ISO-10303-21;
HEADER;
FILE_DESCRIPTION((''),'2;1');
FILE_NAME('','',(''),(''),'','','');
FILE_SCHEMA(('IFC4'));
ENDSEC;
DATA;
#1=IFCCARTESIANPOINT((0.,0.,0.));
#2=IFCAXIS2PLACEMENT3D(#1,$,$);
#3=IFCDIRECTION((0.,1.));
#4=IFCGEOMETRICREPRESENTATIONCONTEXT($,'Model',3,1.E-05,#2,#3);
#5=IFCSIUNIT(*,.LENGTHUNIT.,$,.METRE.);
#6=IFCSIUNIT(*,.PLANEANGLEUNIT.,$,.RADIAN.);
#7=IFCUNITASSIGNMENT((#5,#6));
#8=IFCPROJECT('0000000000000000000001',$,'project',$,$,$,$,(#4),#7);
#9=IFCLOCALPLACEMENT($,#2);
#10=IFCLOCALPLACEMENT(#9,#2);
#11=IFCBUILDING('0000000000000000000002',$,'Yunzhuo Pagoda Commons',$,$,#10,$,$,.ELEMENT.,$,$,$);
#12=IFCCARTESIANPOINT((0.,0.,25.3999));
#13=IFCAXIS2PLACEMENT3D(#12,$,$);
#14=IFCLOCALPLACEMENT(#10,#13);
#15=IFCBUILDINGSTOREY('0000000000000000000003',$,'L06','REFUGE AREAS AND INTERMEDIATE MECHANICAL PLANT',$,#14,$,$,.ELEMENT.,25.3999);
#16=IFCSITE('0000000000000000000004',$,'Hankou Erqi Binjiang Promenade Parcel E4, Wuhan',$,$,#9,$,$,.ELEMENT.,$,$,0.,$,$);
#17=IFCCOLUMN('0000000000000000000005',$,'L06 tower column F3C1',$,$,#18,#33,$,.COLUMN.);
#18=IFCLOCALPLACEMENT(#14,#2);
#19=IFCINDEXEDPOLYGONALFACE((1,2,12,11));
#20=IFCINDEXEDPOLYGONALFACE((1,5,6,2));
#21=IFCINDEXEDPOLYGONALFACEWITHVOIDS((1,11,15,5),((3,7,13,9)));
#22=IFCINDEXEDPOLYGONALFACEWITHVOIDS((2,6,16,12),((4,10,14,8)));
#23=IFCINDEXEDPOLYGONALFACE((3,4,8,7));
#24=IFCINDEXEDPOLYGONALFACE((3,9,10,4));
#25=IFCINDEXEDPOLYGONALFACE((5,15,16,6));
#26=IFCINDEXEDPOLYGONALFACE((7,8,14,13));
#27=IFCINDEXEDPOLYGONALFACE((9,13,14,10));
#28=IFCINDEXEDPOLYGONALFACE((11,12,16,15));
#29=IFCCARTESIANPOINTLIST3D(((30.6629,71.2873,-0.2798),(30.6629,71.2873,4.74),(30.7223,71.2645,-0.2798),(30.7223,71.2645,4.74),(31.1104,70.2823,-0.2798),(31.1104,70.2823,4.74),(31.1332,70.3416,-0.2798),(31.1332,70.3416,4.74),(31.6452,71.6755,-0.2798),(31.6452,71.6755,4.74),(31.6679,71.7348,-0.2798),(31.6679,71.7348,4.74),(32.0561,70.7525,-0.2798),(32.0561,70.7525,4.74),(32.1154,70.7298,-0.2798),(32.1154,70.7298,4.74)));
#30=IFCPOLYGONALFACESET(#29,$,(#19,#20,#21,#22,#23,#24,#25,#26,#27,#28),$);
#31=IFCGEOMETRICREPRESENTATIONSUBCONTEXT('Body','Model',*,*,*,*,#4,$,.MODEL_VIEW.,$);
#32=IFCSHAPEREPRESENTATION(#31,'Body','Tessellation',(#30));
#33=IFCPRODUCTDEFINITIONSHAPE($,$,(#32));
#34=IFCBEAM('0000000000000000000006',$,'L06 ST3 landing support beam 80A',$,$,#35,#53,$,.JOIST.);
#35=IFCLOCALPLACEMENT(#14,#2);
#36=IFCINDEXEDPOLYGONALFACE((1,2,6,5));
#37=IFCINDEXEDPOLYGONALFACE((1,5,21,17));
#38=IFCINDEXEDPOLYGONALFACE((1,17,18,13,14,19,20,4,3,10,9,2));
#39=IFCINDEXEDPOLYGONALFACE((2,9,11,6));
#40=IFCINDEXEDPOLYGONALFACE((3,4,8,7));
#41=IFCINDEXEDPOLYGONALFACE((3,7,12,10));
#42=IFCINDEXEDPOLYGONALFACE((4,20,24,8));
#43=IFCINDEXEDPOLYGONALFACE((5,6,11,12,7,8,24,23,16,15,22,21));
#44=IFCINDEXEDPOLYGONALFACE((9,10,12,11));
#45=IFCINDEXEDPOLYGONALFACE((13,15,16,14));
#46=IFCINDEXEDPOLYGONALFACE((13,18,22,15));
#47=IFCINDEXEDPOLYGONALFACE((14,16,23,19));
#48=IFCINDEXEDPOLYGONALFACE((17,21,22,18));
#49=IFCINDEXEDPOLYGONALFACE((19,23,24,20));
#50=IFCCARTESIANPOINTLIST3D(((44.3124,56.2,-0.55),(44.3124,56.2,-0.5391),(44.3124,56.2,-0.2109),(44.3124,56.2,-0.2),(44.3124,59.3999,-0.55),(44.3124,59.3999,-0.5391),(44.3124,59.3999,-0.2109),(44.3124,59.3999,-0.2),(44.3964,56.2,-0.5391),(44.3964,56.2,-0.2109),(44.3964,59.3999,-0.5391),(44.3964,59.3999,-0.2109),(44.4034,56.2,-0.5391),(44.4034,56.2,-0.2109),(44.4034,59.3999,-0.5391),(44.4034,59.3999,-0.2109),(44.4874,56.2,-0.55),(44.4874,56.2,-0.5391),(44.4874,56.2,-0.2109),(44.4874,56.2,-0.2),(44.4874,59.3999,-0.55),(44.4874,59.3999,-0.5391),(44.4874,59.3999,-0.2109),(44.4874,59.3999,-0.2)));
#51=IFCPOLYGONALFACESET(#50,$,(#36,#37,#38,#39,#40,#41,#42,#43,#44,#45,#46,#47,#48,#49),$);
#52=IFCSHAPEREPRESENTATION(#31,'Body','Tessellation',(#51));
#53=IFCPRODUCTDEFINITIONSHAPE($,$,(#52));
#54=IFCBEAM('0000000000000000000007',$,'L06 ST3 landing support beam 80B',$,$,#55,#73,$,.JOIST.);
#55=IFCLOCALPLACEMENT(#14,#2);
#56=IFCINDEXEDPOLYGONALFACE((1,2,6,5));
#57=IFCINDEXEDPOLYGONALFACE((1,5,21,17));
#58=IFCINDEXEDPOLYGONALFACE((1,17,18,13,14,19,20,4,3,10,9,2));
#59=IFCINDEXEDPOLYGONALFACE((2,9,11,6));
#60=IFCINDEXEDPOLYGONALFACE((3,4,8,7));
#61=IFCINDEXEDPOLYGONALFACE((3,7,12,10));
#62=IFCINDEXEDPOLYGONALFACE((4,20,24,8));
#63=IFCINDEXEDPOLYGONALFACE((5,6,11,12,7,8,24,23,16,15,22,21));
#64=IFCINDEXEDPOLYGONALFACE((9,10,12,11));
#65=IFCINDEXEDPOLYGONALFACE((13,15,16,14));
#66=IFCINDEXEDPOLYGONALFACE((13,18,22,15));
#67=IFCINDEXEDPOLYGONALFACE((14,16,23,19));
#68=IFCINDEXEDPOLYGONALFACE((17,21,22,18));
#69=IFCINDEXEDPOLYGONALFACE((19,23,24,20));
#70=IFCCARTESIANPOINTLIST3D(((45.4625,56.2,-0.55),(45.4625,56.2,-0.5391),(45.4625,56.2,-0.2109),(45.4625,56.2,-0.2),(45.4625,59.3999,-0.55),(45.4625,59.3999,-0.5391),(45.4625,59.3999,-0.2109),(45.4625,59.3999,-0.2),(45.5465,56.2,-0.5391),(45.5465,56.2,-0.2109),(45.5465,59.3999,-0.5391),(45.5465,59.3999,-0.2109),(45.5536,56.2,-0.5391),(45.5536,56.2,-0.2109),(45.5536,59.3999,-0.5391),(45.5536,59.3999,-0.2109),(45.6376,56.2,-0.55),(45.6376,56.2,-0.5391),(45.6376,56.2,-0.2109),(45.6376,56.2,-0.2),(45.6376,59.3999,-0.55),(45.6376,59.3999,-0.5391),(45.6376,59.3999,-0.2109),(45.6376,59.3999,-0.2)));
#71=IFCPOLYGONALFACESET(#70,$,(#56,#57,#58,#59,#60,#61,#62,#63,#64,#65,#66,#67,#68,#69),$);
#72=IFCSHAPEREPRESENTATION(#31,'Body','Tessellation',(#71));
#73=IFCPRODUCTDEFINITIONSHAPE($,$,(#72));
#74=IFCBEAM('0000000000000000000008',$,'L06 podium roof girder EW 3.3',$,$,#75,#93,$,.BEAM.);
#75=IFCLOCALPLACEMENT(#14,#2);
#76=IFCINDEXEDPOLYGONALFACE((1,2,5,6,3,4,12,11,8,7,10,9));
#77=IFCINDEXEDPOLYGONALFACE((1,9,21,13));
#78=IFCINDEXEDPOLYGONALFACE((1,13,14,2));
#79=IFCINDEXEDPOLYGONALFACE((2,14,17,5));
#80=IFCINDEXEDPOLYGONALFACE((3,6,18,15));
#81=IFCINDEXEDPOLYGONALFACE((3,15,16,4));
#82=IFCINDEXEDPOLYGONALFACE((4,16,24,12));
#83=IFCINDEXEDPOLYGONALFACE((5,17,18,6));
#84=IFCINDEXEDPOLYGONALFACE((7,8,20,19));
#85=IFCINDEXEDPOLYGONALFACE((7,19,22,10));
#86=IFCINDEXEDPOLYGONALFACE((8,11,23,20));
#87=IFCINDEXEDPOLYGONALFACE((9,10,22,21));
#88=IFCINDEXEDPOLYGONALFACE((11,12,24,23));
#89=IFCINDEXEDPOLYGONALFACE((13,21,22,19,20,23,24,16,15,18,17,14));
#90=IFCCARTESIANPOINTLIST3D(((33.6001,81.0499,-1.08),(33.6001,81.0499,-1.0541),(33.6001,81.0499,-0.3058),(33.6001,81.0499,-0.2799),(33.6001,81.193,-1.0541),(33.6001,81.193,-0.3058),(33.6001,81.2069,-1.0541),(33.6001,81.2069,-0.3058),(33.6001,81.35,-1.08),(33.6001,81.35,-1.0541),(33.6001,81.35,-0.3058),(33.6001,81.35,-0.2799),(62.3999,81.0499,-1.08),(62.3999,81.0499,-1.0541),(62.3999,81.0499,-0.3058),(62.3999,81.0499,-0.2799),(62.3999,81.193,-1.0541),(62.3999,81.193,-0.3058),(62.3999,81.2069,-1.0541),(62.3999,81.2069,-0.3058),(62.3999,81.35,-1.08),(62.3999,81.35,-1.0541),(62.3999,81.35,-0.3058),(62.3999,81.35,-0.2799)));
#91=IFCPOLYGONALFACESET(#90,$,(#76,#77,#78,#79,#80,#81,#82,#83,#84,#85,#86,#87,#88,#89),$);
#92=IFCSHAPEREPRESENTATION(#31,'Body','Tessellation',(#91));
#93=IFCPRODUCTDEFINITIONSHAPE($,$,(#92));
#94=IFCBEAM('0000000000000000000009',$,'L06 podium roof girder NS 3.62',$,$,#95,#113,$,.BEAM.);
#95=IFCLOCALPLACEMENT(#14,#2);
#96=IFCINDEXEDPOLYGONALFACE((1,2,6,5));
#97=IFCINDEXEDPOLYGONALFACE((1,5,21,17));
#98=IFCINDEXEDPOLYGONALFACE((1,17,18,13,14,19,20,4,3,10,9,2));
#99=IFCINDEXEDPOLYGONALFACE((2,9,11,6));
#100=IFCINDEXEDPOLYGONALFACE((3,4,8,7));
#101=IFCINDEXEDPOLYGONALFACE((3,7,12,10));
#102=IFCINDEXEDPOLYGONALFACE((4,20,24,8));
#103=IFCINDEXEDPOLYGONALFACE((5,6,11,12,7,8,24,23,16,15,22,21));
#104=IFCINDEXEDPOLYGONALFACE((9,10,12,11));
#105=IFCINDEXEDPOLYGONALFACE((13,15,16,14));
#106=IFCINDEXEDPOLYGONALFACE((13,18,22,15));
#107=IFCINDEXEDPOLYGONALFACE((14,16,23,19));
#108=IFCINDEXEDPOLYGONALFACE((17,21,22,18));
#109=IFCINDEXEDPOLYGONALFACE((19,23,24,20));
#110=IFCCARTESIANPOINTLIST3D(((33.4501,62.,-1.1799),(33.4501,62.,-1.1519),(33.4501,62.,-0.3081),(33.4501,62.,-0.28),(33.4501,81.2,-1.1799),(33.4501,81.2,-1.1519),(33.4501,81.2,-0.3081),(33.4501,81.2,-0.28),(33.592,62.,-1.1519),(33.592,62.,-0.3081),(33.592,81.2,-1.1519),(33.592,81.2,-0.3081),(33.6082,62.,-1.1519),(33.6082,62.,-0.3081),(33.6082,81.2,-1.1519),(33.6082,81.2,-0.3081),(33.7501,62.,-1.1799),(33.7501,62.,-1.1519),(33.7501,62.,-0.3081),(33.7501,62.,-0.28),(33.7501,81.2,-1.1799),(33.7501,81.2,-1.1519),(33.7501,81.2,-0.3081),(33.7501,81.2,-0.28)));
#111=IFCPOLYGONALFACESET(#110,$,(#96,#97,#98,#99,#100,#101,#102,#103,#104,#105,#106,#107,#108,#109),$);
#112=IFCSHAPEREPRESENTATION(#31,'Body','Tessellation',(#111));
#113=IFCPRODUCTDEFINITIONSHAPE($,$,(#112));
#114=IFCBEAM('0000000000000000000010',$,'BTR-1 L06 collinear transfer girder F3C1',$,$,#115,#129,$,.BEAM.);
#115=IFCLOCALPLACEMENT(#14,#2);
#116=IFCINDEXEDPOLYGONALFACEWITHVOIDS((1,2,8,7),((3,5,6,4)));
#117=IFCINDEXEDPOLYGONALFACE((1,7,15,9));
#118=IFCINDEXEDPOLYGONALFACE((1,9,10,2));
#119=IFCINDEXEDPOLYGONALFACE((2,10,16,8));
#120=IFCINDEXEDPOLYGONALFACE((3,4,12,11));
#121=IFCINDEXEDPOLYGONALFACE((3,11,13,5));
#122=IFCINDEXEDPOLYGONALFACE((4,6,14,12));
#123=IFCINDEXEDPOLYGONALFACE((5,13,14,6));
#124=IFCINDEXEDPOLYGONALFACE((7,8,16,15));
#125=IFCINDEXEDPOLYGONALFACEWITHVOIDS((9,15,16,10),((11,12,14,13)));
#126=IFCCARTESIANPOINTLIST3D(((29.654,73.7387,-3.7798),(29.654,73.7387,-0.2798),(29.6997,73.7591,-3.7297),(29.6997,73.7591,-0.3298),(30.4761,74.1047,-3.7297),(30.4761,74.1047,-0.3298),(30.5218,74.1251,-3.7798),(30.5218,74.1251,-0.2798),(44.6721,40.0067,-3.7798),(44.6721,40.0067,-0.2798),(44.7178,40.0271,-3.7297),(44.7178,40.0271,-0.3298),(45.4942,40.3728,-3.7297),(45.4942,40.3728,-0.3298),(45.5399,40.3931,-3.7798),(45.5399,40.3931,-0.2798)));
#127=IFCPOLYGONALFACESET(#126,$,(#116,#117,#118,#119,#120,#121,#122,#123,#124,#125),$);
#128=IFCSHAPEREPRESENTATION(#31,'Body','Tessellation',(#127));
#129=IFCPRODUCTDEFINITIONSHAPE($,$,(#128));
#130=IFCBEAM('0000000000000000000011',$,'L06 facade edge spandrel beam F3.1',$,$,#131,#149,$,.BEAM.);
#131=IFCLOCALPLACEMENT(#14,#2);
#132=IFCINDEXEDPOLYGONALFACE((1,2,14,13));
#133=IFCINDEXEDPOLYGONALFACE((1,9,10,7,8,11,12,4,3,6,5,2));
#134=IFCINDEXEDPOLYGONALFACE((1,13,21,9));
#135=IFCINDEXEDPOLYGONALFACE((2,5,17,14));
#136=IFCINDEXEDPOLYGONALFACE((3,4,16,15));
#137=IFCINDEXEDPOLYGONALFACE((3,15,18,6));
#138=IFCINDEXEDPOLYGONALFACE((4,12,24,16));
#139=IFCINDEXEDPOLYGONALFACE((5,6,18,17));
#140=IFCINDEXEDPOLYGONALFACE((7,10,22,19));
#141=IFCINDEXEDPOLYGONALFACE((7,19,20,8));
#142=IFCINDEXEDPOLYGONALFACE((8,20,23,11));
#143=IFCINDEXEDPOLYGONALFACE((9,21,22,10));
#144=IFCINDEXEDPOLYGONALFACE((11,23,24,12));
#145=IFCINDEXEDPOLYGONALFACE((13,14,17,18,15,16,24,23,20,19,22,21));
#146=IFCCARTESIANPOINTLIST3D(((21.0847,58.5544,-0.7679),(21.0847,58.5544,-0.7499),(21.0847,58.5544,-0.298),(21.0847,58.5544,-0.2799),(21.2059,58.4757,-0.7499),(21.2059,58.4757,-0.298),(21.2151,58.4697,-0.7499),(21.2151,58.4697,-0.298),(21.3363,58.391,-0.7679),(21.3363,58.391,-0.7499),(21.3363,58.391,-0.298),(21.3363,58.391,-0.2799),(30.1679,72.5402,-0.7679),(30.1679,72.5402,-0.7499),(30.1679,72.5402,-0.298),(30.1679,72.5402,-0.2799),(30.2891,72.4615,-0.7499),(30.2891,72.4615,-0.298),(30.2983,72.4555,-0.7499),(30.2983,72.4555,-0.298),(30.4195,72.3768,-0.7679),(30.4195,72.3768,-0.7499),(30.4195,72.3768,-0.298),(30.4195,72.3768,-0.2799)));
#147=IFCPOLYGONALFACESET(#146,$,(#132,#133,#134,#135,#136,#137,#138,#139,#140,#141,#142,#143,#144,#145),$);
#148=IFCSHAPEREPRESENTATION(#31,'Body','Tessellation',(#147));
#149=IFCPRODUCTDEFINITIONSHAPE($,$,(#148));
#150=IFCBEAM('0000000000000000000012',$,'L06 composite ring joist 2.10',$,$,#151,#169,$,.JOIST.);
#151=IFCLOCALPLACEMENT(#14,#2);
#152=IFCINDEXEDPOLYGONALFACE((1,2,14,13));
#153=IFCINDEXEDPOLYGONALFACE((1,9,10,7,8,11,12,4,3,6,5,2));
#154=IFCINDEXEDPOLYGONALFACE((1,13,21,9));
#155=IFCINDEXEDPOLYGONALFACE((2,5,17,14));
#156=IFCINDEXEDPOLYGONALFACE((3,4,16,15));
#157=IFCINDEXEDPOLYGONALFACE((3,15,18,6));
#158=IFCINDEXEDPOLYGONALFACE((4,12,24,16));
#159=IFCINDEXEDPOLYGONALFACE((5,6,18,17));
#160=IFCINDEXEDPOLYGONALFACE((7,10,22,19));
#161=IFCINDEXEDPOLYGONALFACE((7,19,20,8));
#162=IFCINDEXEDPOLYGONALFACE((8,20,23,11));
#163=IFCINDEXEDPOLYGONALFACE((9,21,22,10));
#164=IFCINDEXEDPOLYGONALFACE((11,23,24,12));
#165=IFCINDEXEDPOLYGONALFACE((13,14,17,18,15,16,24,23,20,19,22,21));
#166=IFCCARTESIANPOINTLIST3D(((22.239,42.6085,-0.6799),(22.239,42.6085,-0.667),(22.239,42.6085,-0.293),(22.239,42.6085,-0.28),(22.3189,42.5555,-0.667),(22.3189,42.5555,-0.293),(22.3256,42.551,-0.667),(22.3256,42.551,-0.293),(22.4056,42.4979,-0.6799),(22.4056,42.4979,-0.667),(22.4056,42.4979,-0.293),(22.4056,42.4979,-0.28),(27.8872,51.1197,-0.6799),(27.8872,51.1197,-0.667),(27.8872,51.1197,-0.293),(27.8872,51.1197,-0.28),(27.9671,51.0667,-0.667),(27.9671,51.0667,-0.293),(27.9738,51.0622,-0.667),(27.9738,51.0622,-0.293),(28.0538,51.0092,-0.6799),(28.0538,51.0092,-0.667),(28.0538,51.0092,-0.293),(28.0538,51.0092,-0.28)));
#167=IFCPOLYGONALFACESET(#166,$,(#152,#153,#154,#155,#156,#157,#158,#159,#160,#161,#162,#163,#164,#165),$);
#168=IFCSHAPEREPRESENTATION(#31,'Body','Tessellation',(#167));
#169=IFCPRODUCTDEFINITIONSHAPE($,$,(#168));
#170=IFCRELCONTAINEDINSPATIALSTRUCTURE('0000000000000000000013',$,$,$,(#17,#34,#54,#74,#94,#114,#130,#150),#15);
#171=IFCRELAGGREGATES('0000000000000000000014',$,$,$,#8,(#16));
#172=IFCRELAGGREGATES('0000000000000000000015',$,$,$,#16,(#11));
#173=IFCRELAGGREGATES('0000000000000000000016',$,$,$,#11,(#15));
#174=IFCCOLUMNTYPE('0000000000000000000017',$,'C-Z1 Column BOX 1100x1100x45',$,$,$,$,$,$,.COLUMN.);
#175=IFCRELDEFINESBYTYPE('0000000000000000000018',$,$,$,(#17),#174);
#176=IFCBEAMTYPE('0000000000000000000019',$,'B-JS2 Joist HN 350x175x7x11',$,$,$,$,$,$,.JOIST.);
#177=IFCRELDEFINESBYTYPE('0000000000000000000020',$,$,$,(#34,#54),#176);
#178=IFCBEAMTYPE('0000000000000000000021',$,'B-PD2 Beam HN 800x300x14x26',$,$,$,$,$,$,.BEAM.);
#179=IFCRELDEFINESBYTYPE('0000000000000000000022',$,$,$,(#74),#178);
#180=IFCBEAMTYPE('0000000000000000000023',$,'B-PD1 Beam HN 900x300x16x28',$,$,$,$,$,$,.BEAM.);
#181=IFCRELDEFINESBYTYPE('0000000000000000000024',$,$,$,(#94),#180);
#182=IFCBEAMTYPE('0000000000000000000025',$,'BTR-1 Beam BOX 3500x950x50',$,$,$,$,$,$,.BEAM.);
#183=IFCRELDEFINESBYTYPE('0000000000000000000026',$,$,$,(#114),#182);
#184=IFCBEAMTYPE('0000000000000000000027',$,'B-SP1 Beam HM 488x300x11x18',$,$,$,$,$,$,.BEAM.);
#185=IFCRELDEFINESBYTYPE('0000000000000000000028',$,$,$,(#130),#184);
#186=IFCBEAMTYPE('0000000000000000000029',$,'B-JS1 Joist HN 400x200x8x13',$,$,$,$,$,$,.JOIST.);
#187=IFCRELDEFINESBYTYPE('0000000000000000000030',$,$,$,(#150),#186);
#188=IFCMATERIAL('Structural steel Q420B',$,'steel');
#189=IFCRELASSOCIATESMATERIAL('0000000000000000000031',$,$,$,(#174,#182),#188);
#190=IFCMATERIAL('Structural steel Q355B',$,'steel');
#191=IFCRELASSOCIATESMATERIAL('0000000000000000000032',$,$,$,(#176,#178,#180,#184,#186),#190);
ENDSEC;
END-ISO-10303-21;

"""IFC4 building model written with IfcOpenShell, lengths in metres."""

from ifc_helpers import new_model, si_unit, direction, frame, origin, origin_2d, place, context, subcontext, project, spatial, hollow_rectangle, i_section, extrude, source, transform, mapped, material, material_profile, profile_set, type_object, element, save


model = new_model("IFC4")

# Units and contexts
model_context = context("Model", 3, precision=1e-05, world=origin(), true_north=direction((0.0, 1.0)))
body_context = subcontext(model_context, "Body", "Model", "MODEL_VIEW")
ifc_project = project(units=[si_unit("LENGTHUNIT", "METRE"), si_unit("PLANEANGLEUNIT", "RADIAN")], contexts=[model_context])

# Site, building, storey
site_placement = place(None, origin())
site = spatial("IfcSite", under=ifc_project, at=site_placement, Name="Hankou Erqi Binjiang Promenade Parcel E4, Wuhan", CompositionType="ELEMENT", RefElevation=0.0)
building_placement = place(site_placement, origin())
building = spatial("IfcBuilding", under=site, at=building_placement, Name="Yunzhuo Pagoda Commons", CompositionType="ELEMENT")
storey_placement = place(building_placement, frame((0.0, 0.0, 25.3999)))
storey = spatial("IfcBuildingStorey", under=building, at=storey_placement, Name="L06", Description="REFUGE AREAS AND INTERMEDIATE MECHANICAL PLANT", CompositionType="ELEMENT", Elevation=25.3999)

# Column
ifc_material_1 = material(Name="Structural steel Q420B", Category="steel")
ifc_material_profile_1 = material_profile(ifc_material_1, hollow_rectangle(XDim=1.1001, YDim=1.1001, WallThickness=0.0449, at=origin_2d()), Name="Structural steel Q420B")
ifc_profile_set_1 = profile_set([ifc_material_profile_1], Name="Structural steel Q420B")
column_type = type_object("IfcColumnType", Name="C-Z1 Column BOX 1100x1100x45", PredefinedType="COLUMN", material=ifc_profile_set_1)
shared_shape_1 = source(origin(), body_context, "Body", "SweptSolid", [
    extrude(hollow_rectangle(XDim=1.1001, YDim=1.1001, WallThickness=0.0449, at=origin_2d()), origin(), (0.0, 0.0, 1.0), 5.0198),
])
column_placement = place(storey_placement, frame((31.3892, 71.0085, -0.2798), z_axis=(0.0, 0.0, 1.0), x_axis=(-0.913545, -0.406737, 0.0)))
element("IfcColumn", 1, at=column_placement, inside=storey, type_object=column_type, Name="L06 tower column F3C1", PredefinedType="COLUMN", context=body_context, shape_type="MappedRepresentation", body=[
    mapped(shared_shape_1, transform((0.0, 0.0, 0.0), scale=1.0)),
])

# Beams
ifc_material_2 = material(Name="Structural steel Q355B", Category="steel")
ifc_material_profile_2 = material_profile(ifc_material_2, i_section(OverallWidth=0.175, OverallDepth=0.3501, WebThickness=0.0071, FlangeThickness=0.011, at=origin_2d()), Name="Structural steel Q355B")
ifc_profile_set_2 = profile_set([ifc_material_profile_2], Name="Structural steel Q355B")
beam_type_1 = type_object("IfcBeamType", Name="B-JS2 Joist HN 350x175x7x11", PredefinedType="JOIST", material=ifc_profile_set_2)
shared_shape_2 = source(origin(), body_context, "Body", "SweptSolid", [
    extrude(i_section(OverallWidth=0.175, OverallDepth=0.3501, WebThickness=0.0071, FlangeThickness=0.011, at=origin_2d()), origin(), (0.0, 0.0, 1.0), 3.2),
])
for number, where, z_axis, x_axis, name in (
    (2, (44.3999, 56.2, -0.375), (0.0, 1.0, 0.0), (-1.0, 0.0, 0.0), "L06 ST3 landing support beam 80A"),
    (3, (45.55, 56.2, -0.375), (0.0, 1.0, 0.0), (-1.0, 0.0, 0.0), "L06 ST3 landing support beam 80B"),
):
    element("IfcBeam", number, at=place(storey_placement, frame(where, z_axis=z_axis, x_axis=x_axis)), inside=storey, type_object=beam_type_1, Name=name, PredefinedType="JOIST", context=body_context, shape_type="MappedRepresentation", body=[
        mapped(shared_shape_2, transform((0.0, 0.0, 0.0), scale=1.0)),
    ])
ifc_material_profile_3 = material_profile(ifc_material_2, i_section(OverallWidth=0.3, OverallDepth=0.8, WebThickness=0.0139, FlangeThickness=0.0259, at=origin_2d()), Name="Structural steel Q355B")
ifc_profile_set_3 = profile_set([ifc_material_profile_3], Name="Structural steel Q355B")
beam_type_2 = type_object("IfcBeamType", Name="B-PD2 Beam HN 800x300x14x26", PredefinedType="BEAM", material=ifc_profile_set_3)
shared_shape_3 = source(origin(), body_context, "Body", "SweptSolid", [
    extrude(i_section(OverallWidth=0.3, OverallDepth=0.8, WebThickness=0.0139, FlangeThickness=0.0259, at=origin_2d()), origin(), (0.0, 0.0, 1.0), 28.7998),
])
beam_1_placement = place(storey_placement, frame((33.6001, 81.2, -0.6799), z_axis=(1.0, 0.0, 0.0), x_axis=(0.0, 1.0, 0.0)))
element("IfcBeam", 4, at=beam_1_placement, inside=storey, type_object=beam_type_2, Name="L06 podium roof girder EW 3.3", PredefinedType="BEAM", context=body_context, shape_type="MappedRepresentation", body=[
    mapped(shared_shape_3, transform((0.0, 0.0, 0.0), scale=1.0)),
])
ifc_material_profile_4 = material_profile(ifc_material_2, i_section(OverallWidth=0.3, OverallDepth=0.8999, WebThickness=0.0161, FlangeThickness=0.0281, at=origin_2d()), Name="Structural steel Q355B")
ifc_profile_set_4 = profile_set([ifc_material_profile_4], Name="Structural steel Q355B")
beam_type_3 = type_object("IfcBeamType", Name="B-PD1 Beam HN 900x300x16x28", PredefinedType="BEAM", material=ifc_profile_set_4)
shared_shape_4 = source(origin(), body_context, "Body", "SweptSolid", [
    extrude(i_section(OverallWidth=0.3, OverallDepth=0.8999, WebThickness=0.0161, FlangeThickness=0.0281, at=origin_2d()), origin(), (0.0, 0.0, 1.0), 19.2),
])
beam_2_placement = place(storey_placement, frame((33.6001, 62.0, -0.73), z_axis=(0.0, 1.0, 0.0), x_axis=(-1.0, 0.0, 0.0)))
element("IfcBeam", 5, at=beam_2_placement, inside=storey, type_object=beam_type_3, Name="L06 podium roof girder NS 3.62", PredefinedType="BEAM", context=body_context, shape_type="MappedRepresentation", body=[
    mapped(shared_shape_4, transform((0.0, 0.0, 0.0), scale=1.0)),
])
ifc_material_profile_5 = material_profile(ifc_material_1, hollow_rectangle(XDim=0.95, YDim=3.5, WallThickness=0.05, at=origin_2d()), Name="Structural steel Q420B")
ifc_profile_set_5 = profile_set([ifc_material_profile_5], Name="Structural steel Q420B")
beam_type_4 = type_object("IfcBeamType", Name="BTR-1 Beam BOX 3500x950x50", PredefinedType="BEAM", material=ifc_profile_set_5)
shared_shape_5 = source(origin(), body_context, "Body", "SweptSolid", [
    extrude(hollow_rectangle(XDim=0.95, YDim=3.5, WallThickness=0.05, at=origin_2d()), origin(), (0.0, 0.0, 1.0), 36.9241),
])
beam_3_placement = place(storey_placement, frame((30.0879, 73.9319, -2.0298), z_axis=(0.406729, -0.913549, 0.0), x_axis=(0.913549, 0.406729, 0.0)))
element("IfcBeam", 6, at=beam_3_placement, inside=storey, type_object=beam_type_4, Name="BTR-1 L06 collinear transfer girder F3C1", PredefinedType="BEAM", context=body_context, shape_type="MappedRepresentation", body=[
    mapped(shared_shape_5, transform((0.0, 0.0, 0.0), scale=1.0)),
])
ifc_material_profile_6 = material_profile(ifc_material_2, i_section(OverallWidth=0.3, OverallDepth=0.488, WebThickness=0.011, FlangeThickness=0.0181, at=origin_2d()), Name="Structural steel Q355B")
ifc_profile_set_6 = profile_set([ifc_material_profile_6], Name="Structural steel Q355B")
beam_type_5 = type_object("IfcBeamType", Name="B-SP1 Beam HM 488x300x11x18", PredefinedType="BEAM", material=ifc_profile_set_6)
shared_shape_6 = source(origin(), body_context, "Body", "SweptSolid", [
    extrude(i_section(OverallWidth=0.3, OverallDepth=0.488, WebThickness=0.011, FlangeThickness=0.0181, at=origin_2d()), origin(), (0.0, 0.0, 1.0), 16.6765),
])
beam_4_placement = place(storey_placement, frame((30.2937, 72.4585, -0.5239), z_axis=(-0.54467, -0.83865, 0.0), x_axis=(0.83865, -0.54467, 0.0)))
element("IfcBeam", 7, at=beam_4_placement, inside=storey, type_object=beam_type_5, Name="L06 facade edge spandrel beam F3.1", PredefinedType="BEAM", context=body_context, shape_type="MappedRepresentation", body=[
    mapped(shared_shape_6, transform((0.0, 0.0, 0.0), scale=1.0)),
])
ifc_material_profile_7 = material_profile(ifc_material_2, i_section(OverallWidth=0.2, OverallDepth=0.3999, WebThickness=0.0081, FlangeThickness=0.0129, at=origin_2d()), Name="Structural steel Q355B")
ifc_profile_set_7 = profile_set([ifc_material_profile_7], Name="Structural steel Q355B")
beam_type_6 = type_object("IfcBeamType", Name="B-JS1 Joist HN 400x200x8x13", PredefinedType="JOIST", material=ifc_profile_set_7)
shared_shape_7 = source(origin(), body_context, "Body", "SweptSolid", [
    extrude(i_section(OverallWidth=0.2, OverallDepth=0.3999, WebThickness=0.0081, FlangeThickness=0.0129, at=origin_2d()), origin(), (0.0, 0.0, 1.0), 10.2148),
])
beam_5_placement = place(storey_placement, frame((27.9705, 51.0645, -0.48), z_axis=(-0.55294, -0.833221, 0.0), x_axis=(0.833221, -0.55294, 0.0)))
element("IfcBeam", 8, at=beam_5_placement, inside=storey, type_object=beam_type_6, Name="L06 composite ring joist 2.10", PredefinedType="JOIST", context=body_context, shape_type="MappedRepresentation", body=[
    mapped(shared_shape_7, transform((0.0, 0.0, 0.0), scale=1.0)),
])

save(model, "model.ifc")
